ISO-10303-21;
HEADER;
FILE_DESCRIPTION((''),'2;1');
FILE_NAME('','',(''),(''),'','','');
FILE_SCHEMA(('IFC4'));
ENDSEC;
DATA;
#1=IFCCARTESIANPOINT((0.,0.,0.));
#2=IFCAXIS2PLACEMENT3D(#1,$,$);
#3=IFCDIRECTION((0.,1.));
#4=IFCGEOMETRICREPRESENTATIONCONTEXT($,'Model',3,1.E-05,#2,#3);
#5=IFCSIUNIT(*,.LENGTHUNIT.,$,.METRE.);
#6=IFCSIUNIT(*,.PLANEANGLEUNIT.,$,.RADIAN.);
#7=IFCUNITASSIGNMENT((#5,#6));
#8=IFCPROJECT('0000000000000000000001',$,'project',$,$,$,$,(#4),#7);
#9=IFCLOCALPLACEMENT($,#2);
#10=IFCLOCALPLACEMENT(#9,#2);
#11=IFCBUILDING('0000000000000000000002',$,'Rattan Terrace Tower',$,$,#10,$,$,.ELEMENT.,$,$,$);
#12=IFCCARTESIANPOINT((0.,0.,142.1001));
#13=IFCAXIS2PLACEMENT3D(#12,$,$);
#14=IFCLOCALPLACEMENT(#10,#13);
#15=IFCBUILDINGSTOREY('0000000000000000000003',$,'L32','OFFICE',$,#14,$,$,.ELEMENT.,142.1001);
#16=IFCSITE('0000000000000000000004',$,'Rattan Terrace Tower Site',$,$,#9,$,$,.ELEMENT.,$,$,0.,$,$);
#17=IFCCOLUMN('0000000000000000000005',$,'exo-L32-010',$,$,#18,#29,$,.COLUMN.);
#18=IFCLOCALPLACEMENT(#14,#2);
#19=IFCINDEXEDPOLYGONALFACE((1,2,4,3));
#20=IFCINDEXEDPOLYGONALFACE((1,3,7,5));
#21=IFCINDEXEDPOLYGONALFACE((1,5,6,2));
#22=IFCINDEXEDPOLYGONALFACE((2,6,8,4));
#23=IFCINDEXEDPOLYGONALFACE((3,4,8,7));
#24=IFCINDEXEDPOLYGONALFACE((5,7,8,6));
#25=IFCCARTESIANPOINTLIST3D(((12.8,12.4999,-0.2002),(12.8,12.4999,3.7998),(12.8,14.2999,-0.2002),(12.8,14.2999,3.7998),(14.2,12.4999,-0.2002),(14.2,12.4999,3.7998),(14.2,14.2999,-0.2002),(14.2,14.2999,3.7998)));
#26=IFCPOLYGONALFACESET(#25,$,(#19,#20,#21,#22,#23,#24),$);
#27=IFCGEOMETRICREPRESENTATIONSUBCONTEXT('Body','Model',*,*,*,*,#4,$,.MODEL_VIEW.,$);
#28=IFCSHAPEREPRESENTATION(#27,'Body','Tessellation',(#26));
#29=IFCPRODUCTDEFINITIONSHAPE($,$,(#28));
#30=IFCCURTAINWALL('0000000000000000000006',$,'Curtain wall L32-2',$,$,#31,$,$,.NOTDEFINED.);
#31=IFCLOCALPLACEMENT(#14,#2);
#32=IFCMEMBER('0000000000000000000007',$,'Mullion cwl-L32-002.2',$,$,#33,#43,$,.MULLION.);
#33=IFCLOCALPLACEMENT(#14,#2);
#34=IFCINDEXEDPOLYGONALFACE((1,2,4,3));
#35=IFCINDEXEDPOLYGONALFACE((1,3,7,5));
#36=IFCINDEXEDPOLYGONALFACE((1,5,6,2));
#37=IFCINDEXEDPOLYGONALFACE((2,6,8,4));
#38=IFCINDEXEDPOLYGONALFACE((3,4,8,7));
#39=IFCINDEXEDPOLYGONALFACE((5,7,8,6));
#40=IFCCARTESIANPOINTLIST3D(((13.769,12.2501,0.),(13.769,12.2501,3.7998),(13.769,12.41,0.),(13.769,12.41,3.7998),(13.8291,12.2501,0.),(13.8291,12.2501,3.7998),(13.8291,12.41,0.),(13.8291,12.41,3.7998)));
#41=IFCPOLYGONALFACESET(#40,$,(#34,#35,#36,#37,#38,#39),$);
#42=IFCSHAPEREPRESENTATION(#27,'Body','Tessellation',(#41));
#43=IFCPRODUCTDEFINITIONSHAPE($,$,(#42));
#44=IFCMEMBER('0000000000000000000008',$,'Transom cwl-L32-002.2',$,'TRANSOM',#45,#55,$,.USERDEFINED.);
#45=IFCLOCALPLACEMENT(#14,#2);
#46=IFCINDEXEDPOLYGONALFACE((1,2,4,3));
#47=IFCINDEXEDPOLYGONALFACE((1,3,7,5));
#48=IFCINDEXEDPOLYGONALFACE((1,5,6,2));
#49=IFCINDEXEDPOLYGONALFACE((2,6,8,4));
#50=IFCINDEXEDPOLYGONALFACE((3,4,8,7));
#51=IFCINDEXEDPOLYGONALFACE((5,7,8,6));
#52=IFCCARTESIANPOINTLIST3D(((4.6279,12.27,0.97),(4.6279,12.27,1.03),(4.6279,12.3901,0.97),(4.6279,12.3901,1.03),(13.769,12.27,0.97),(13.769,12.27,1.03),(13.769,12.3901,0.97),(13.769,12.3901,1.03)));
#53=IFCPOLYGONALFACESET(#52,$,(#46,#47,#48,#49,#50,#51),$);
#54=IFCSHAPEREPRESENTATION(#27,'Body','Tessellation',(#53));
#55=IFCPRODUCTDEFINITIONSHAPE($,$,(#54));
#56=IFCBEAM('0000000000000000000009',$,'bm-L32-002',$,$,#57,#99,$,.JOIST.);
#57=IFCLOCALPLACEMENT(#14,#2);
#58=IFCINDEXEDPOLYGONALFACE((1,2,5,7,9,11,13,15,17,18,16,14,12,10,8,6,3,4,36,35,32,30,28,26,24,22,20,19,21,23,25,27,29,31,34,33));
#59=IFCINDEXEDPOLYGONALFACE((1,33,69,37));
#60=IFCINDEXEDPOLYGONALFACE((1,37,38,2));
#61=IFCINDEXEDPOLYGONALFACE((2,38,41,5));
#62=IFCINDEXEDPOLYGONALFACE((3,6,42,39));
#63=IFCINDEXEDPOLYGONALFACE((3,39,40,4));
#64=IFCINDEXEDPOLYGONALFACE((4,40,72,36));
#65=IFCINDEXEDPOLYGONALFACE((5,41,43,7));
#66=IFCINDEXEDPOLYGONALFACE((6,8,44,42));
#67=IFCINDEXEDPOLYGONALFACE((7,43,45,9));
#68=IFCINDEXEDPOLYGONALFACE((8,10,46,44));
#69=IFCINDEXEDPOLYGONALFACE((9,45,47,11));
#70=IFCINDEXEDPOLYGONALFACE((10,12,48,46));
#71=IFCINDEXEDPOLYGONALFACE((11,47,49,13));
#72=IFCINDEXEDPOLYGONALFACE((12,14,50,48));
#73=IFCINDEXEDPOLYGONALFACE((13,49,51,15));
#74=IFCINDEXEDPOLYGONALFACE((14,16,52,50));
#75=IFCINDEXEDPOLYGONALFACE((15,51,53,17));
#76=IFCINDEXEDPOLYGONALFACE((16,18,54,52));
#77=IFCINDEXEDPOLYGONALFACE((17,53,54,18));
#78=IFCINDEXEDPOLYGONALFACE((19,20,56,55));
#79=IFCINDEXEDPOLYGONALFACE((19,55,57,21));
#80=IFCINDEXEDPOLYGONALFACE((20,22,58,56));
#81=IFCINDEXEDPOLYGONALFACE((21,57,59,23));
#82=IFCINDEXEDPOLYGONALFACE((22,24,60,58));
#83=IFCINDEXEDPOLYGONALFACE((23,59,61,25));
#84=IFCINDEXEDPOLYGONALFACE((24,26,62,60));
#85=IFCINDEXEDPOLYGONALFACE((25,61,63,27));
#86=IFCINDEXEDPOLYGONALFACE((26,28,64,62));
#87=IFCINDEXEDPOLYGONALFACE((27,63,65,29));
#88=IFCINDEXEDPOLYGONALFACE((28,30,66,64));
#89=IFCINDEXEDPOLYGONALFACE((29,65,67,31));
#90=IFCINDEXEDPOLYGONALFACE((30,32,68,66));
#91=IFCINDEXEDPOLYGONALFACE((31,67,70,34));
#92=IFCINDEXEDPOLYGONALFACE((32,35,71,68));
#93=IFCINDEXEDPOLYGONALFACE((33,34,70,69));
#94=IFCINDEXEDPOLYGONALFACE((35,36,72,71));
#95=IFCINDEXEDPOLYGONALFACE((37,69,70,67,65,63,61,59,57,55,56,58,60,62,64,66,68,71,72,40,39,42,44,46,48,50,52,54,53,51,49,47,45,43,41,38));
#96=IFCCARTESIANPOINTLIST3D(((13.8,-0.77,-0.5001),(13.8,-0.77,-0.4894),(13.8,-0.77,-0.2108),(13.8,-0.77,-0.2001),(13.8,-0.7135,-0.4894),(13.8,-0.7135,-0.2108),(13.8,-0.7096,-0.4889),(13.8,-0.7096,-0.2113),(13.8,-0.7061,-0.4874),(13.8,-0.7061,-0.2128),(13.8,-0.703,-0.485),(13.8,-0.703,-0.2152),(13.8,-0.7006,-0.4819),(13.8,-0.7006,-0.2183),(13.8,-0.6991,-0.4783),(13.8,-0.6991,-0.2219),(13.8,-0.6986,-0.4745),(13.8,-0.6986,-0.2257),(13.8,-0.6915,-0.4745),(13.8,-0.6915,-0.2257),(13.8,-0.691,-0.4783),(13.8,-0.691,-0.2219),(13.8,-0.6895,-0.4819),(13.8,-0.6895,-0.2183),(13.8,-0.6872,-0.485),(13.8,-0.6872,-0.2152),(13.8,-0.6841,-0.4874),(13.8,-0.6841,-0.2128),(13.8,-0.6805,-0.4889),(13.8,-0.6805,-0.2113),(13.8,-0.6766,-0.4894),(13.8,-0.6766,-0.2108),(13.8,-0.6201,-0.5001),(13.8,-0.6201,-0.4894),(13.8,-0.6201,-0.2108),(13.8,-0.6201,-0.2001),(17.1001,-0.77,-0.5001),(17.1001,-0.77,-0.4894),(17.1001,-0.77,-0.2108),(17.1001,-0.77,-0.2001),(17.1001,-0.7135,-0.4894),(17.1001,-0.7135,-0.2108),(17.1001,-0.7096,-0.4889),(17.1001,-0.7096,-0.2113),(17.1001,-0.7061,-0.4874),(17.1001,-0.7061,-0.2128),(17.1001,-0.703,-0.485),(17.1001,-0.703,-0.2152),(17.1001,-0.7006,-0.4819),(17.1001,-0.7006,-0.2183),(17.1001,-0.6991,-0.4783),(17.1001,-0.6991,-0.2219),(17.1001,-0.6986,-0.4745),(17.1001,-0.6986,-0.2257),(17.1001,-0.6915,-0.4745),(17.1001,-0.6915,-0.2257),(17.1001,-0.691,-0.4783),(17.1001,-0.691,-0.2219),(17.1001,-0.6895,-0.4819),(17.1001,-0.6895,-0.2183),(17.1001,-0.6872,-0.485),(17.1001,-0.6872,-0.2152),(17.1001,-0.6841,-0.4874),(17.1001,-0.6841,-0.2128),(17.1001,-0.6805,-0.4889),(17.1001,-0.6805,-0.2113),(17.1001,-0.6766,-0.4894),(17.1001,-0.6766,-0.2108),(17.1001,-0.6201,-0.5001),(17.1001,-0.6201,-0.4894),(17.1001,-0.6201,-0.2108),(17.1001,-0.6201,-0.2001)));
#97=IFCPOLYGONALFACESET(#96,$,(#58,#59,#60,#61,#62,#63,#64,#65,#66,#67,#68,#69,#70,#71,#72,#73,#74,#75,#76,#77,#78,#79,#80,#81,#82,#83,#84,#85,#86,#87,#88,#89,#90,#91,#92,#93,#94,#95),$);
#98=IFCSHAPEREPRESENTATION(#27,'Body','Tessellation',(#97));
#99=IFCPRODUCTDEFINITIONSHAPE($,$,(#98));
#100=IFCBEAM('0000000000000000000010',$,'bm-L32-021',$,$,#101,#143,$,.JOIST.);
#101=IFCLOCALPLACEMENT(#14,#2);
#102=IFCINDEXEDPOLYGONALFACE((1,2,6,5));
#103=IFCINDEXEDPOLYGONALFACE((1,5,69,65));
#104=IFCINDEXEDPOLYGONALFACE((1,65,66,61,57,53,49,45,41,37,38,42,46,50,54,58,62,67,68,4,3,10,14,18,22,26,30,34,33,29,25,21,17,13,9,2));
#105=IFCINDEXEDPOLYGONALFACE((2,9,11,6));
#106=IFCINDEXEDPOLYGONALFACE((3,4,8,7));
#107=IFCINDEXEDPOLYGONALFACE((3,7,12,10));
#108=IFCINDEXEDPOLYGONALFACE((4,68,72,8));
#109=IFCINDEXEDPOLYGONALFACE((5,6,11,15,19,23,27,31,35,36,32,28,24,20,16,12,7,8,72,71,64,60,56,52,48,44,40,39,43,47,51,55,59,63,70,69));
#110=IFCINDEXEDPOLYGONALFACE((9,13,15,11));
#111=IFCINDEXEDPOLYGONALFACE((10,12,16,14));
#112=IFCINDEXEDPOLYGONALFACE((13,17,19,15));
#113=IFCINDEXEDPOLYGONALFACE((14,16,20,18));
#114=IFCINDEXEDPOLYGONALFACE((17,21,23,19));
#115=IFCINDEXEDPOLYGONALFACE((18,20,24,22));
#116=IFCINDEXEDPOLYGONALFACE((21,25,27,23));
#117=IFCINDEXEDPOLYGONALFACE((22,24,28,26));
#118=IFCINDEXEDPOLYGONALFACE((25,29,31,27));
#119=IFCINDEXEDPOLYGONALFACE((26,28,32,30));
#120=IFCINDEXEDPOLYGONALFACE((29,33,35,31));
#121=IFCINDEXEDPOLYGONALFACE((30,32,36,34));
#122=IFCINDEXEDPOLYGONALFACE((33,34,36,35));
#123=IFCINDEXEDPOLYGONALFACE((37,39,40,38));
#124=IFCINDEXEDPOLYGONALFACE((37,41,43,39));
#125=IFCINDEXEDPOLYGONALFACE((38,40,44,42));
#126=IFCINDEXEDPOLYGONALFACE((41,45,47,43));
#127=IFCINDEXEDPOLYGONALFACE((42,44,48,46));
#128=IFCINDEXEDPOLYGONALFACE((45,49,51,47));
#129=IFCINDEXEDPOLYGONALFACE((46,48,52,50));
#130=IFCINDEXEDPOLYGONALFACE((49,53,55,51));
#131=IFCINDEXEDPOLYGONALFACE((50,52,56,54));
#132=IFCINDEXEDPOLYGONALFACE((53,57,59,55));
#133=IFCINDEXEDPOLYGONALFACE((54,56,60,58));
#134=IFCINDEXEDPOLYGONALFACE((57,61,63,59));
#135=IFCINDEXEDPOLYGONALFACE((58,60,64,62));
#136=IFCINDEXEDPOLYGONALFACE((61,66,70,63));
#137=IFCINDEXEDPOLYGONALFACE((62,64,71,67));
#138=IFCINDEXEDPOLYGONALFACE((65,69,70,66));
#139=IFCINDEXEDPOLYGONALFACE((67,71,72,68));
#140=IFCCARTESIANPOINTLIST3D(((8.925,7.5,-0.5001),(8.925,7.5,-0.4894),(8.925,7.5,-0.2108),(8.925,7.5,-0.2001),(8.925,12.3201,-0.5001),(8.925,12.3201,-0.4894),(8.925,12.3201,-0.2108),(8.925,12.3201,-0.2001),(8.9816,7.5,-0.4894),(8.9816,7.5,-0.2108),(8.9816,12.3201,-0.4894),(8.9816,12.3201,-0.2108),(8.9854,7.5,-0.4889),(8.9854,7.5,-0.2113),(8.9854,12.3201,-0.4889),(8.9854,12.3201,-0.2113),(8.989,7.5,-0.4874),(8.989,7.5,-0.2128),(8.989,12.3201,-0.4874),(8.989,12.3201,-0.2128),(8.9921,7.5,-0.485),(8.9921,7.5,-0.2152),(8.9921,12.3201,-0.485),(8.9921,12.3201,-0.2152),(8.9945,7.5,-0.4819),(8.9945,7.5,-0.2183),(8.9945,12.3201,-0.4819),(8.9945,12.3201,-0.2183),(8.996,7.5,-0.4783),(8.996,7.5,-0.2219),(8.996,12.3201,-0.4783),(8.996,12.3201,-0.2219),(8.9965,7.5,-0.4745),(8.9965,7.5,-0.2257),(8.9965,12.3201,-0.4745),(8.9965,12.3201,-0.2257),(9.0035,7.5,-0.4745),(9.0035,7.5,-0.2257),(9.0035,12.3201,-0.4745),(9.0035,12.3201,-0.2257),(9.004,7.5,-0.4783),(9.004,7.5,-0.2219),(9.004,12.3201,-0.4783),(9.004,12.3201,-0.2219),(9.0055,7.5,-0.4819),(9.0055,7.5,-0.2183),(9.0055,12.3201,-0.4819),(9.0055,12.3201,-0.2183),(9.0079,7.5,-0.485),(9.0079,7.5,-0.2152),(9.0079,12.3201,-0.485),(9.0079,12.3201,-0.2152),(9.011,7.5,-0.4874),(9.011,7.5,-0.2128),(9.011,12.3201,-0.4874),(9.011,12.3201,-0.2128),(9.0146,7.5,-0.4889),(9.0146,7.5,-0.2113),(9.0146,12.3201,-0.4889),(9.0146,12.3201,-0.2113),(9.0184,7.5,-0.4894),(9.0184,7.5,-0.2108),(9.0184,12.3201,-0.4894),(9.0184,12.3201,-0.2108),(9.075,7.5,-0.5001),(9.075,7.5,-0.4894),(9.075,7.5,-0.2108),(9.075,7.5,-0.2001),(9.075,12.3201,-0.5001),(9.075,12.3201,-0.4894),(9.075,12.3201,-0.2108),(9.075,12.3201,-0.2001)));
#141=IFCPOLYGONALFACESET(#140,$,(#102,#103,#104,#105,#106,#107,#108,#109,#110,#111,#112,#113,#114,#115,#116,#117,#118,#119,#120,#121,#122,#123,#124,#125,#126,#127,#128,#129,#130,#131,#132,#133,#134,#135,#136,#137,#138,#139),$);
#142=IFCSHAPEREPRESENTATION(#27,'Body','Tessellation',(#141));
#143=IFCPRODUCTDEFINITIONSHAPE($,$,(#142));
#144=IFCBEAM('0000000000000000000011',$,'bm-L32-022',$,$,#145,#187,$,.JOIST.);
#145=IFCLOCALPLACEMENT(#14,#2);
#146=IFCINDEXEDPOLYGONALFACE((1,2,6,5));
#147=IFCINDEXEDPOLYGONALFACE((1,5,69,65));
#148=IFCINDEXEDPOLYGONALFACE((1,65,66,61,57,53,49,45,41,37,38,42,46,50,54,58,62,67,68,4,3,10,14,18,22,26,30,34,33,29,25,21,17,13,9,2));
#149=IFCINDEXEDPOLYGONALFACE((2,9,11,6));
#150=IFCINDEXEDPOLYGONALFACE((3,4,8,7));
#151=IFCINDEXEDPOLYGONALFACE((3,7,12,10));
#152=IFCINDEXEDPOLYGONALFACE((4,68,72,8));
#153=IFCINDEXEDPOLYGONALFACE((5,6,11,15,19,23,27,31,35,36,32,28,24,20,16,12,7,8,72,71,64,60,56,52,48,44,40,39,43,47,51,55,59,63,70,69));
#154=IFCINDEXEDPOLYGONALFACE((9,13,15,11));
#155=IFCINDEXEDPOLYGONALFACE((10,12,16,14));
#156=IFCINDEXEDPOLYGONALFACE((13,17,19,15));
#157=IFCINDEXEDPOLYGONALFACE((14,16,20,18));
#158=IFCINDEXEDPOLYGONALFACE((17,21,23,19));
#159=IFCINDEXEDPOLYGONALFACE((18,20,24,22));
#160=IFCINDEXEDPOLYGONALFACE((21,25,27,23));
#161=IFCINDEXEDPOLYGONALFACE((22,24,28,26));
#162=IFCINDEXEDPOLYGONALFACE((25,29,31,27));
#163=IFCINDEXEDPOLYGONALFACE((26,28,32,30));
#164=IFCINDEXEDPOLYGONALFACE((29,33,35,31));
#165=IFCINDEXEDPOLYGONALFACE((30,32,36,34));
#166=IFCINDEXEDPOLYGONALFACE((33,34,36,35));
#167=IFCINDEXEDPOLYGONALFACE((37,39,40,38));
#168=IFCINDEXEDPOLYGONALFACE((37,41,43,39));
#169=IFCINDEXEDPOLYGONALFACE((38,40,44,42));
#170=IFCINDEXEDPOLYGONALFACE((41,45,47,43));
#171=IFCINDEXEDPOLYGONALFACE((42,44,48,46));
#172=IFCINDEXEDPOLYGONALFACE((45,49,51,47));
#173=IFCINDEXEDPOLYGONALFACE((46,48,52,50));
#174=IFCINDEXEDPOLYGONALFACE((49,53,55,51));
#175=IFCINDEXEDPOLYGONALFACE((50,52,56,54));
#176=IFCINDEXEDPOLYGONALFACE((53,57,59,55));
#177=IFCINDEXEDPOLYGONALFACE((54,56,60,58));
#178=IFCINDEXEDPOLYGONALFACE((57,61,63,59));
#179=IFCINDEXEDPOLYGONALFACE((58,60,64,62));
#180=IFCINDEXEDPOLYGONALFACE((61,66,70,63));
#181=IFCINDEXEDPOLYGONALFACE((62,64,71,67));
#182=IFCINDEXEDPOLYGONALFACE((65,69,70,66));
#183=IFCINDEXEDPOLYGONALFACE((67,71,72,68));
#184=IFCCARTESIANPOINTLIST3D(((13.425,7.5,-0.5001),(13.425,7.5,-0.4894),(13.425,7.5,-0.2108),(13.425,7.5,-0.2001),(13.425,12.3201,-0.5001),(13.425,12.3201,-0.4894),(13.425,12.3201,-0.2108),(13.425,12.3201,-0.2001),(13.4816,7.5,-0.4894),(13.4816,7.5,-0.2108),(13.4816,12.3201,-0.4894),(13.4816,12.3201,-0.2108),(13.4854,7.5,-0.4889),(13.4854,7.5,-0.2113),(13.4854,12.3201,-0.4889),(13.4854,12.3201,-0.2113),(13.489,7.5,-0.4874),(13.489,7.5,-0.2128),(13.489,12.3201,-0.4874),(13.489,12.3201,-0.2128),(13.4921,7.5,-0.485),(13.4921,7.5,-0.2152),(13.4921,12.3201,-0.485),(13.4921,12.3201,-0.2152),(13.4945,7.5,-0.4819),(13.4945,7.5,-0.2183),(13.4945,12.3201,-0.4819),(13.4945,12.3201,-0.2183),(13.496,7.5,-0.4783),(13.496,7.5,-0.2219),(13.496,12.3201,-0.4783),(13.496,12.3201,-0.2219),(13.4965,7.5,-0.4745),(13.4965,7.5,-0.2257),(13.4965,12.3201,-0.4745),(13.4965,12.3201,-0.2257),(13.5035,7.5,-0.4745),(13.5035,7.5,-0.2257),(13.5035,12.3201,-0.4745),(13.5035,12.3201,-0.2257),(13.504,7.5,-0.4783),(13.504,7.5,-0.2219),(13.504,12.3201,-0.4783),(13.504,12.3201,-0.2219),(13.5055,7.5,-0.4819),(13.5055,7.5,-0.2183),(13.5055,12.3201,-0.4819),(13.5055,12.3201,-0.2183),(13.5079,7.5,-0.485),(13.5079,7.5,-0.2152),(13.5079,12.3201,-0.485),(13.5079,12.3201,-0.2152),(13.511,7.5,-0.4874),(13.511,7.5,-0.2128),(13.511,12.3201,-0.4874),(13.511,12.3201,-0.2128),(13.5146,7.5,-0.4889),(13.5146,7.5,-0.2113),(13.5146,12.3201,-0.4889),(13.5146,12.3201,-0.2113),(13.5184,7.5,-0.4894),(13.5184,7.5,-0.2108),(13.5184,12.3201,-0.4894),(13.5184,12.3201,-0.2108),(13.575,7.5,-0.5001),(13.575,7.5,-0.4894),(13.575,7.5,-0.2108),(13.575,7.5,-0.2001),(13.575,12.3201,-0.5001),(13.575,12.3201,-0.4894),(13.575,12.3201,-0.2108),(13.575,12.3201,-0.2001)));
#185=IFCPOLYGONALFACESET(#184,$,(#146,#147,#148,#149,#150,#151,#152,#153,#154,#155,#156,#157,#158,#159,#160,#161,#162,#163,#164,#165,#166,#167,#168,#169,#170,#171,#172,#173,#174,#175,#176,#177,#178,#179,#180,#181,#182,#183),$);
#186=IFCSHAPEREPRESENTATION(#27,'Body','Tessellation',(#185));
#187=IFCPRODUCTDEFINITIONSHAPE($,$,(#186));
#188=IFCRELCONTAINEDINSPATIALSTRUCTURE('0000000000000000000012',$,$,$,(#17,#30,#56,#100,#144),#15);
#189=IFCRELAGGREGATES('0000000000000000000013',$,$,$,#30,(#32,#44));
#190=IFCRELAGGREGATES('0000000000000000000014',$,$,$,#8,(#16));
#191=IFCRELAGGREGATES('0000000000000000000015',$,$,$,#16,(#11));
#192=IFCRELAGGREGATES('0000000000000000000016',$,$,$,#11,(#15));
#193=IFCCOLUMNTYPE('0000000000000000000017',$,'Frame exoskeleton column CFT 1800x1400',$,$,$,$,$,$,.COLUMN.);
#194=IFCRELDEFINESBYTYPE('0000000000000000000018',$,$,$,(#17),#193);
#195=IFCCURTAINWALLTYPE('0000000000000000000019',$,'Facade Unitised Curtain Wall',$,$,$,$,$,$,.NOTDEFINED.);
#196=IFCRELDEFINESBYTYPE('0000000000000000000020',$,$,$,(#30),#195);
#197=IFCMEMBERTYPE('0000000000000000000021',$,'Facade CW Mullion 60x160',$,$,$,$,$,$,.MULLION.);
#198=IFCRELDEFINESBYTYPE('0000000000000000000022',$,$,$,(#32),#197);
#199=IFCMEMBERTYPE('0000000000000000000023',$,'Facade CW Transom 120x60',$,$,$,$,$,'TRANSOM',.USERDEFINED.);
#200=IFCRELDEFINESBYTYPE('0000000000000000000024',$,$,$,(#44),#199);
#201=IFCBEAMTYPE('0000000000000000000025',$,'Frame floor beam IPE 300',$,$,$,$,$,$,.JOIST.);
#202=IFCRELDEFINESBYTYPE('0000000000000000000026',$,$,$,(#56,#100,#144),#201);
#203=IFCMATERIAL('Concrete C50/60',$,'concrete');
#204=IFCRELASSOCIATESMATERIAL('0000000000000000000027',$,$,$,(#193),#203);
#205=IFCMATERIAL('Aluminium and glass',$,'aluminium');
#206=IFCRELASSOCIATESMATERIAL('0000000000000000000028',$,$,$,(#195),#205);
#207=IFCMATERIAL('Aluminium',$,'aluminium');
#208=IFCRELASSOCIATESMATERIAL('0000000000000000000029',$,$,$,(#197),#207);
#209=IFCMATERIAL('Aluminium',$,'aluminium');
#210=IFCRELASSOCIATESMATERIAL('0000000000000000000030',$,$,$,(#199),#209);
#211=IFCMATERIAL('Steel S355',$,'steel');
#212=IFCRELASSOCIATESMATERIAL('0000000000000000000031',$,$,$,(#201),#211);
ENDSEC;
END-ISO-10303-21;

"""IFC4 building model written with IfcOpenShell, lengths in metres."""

from ifc_helpers import new_model, si_unit, direction, frame, origin, origin_2d, place, context, subcontext, project, spatial, rectangle, i_section, extrude, material, material_profile, profile_set, type_object, element, aggregate, save


model = new_model("IFC4")

# Units and contexts
model_context = context("Model", 3, precision=1e-05, world=origin(), true_north=direction((0.0, 1.0)))
body_context = subcontext(model_context, "Body", "Model", "MODEL_VIEW")
ifc_project = project(units=[si_unit("LENGTHUNIT", "METRE"), si_unit("PLANEANGLEUNIT", "RADIAN")], contexts=[model_context])

# Site, building, storey
site_placement = place(None, origin())
site = spatial("IfcSite", under=ifc_project, at=site_placement, Name="Rattan Terrace Tower Site", CompositionType="ELEMENT", RefElevation=0.0)
building_placement = place(site_placement, origin())
building = spatial("IfcBuilding", under=site, at=building_placement, Name="Rattan Terrace Tower", CompositionType="ELEMENT")
storey_placement = place(building_placement, frame((0.0, 0.0, 142.1001)))
storey = spatial("IfcBuildingStorey", under=building, at=storey_placement, Name="L32", Description="OFFICE", CompositionType="ELEMENT", Elevation=142.1001)

# Column
ifc_material_1 = material(Name="Concrete C50/60", Category="concrete")
ifc_material_profile_1 = material_profile(ifc_material_1, rectangle(XDim=1.3999, YDim=1.8, at=origin_2d()), Name="CFT 1800x1400")
ifc_profile_set_1 = profile_set([ifc_material_profile_1], Name="Concrete C50/60")
column_type = type_object("IfcColumnType", Name="Frame exoskeleton column CFT 1800x1400", PredefinedType="COLUMN", material=ifc_profile_set_1)
column_placement = place(storey_placement, frame((13.5, 13.3999, -0.2002), z_axis=(0.0, 0.0, 1.0), x_axis=(1.0, 0.0, 0.0)))
element("IfcColumn", 1, at=column_placement, inside=storey, type_object=column_type, Name="exo-L32-010", PredefinedType="COLUMN", context=body_context, shape_type="SweptSolid", body=[
    extrude(rectangle(XDim=1.3999, YDim=1.8, at=origin_2d()), origin(), (0.0, 0.0, 1.0), 4.0),
])

# Curtain wall, members
ifc_material_2 = material(Name="Aluminium and glass", Category="aluminium")
curtain_wall_type = type_object("IfcCurtainWallType", Name="Facade Unitised Curtain Wall", PredefinedType="NOTDEFINED", material=ifc_material_2)
curtain_wall_placement = place(storey_placement, origin())
curtain_wall = element("IfcCurtainWall", 2, at=curtain_wall_placement, inside=storey, type_object=curtain_wall_type, Name="Curtain wall L32-2", PredefinedType="NOTDEFINED")
ifc_material_3 = material(Name="Aluminium", Category="aluminium")
ifc_material_profile_2 = material_profile(ifc_material_3, rectangle(XDim=0.0601, YDim=0.1599, at=origin_2d()), Name="Aluminium 60x160")
ifc_profile_set_2 = profile_set([ifc_material_profile_2], Name="Aluminium")
member_type_1 = type_object("IfcMemberType", Name="Facade CW Mullion 60x160", PredefinedType="MULLION", material=ifc_profile_set_2)
member_1_placement = place(storey_placement, frame((13.7991, 12.3301, 0.0), z_axis=(0.0, 0.0, 1.0), x_axis=(-1.0, 0.0, 0.0)))
member_1 = element("IfcMember", 3, at=member_1_placement, type_object=member_type_1, Name="Mullion cwl-L32-002.2", PredefinedType="MULLION", context=body_context, shape_type="SweptSolid", body=[
    extrude(rectangle(XDim=0.0601, YDim=0.1599, at=origin_2d()), origin(), (0.0, 0.0, 1.0), 3.7998),
])
ifc_material_4 = material(Name="Aluminium", Category="aluminium")
ifc_material_profile_3 = material_profile(ifc_material_4, rectangle(XDim=0.1201, YDim=0.0601, at=origin_2d()), Name="Aluminium 120x60")
ifc_profile_set_3 = profile_set([ifc_material_profile_3], Name="Aluminium")
member_type_2 = type_object("IfcMemberType", Name="Facade CW Transom 120x60", ElementType="TRANSOM", PredefinedType="USERDEFINED", material=ifc_profile_set_3)
member_2_placement = place(storey_placement, frame((13.769, 12.3301, 1.0), z_axis=(-1.0, 0.0, 0.0), x_axis=(0.0, -1.0, 0.0)))
member_2 = element("IfcMember", 4, at=member_2_placement, type_object=member_type_2, Name="Transom cwl-L32-002.2", ObjectType="TRANSOM", PredefinedType="USERDEFINED", context=body_context, shape_type="SweptSolid", body=[
    extrude(rectangle(XDim=0.1201, YDim=0.0601, at=origin_2d()), origin(), (0.0, 0.0, 1.0), 9.1411),
])

# Beams
ifc_material_5 = material(Name="Steel S355", Category="steel")
ifc_material_profile_4 = material_profile(ifc_material_5, i_section(OverallWidth=0.1499, OverallDepth=0.3, WebThickness=0.0071, FlangeThickness=0.0107, FilletRadius=0.0149, at=origin_2d()), Name="IPE 300")
ifc_profile_set_4 = profile_set([ifc_material_profile_4], Name="Steel S355")
beam_type = type_object("IfcBeamType", Name="Frame floor beam IPE 300", PredefinedType="JOIST", material=ifc_profile_set_4)
beam_placement = place(storey_placement, frame((13.8, -0.6951, -0.3501), z_axis=(1.0, 0.0, 0.0), x_axis=(0.0, 1.0, 0.0)))
element("IfcBeam", 5, at=beam_placement, inside=storey, type_object=beam_type, Name="bm-L32-002", PredefinedType="JOIST", context=body_context, shape_type="SweptSolid", body=[
    extrude(i_section(OverallWidth=0.1499, OverallDepth=0.3, WebThickness=0.0071, FlangeThickness=0.0107, FilletRadius=0.0149, at=origin_2d()), origin(), (0.0, 0.0, 1.0), 3.3),
])
for number, where, z_axis, x_axis, name in (
    (6, (9.0, 7.5, -0.3501), (0.0, 1.0, 0.0), (-1.0, 0.0, 0.0), "bm-L32-021"),
    (7, (13.5, 7.5, -0.3501), (0.0, 1.0, 0.0), (-1.0, 0.0, 0.0), "bm-L32-022"),
):
    element("IfcBeam", number, at=place(storey_placement, frame(where, z_axis=z_axis, x_axis=x_axis)), inside=storey, type_object=beam_type, Name=name, PredefinedType="JOIST", context=body_context, shape_type="SweptSolid", body=[
        extrude(i_section(OverallWidth=0.1499, OverallDepth=0.3, WebThickness=0.0071, FlangeThickness=0.0107, FilletRadius=0.0149, at=origin_2d()), origin(), (0.0, 0.0, 1.0), 4.8201),
    ])

aggregate(curtain_wall, [member_1, member_2])

save(model, "model.ifc")
